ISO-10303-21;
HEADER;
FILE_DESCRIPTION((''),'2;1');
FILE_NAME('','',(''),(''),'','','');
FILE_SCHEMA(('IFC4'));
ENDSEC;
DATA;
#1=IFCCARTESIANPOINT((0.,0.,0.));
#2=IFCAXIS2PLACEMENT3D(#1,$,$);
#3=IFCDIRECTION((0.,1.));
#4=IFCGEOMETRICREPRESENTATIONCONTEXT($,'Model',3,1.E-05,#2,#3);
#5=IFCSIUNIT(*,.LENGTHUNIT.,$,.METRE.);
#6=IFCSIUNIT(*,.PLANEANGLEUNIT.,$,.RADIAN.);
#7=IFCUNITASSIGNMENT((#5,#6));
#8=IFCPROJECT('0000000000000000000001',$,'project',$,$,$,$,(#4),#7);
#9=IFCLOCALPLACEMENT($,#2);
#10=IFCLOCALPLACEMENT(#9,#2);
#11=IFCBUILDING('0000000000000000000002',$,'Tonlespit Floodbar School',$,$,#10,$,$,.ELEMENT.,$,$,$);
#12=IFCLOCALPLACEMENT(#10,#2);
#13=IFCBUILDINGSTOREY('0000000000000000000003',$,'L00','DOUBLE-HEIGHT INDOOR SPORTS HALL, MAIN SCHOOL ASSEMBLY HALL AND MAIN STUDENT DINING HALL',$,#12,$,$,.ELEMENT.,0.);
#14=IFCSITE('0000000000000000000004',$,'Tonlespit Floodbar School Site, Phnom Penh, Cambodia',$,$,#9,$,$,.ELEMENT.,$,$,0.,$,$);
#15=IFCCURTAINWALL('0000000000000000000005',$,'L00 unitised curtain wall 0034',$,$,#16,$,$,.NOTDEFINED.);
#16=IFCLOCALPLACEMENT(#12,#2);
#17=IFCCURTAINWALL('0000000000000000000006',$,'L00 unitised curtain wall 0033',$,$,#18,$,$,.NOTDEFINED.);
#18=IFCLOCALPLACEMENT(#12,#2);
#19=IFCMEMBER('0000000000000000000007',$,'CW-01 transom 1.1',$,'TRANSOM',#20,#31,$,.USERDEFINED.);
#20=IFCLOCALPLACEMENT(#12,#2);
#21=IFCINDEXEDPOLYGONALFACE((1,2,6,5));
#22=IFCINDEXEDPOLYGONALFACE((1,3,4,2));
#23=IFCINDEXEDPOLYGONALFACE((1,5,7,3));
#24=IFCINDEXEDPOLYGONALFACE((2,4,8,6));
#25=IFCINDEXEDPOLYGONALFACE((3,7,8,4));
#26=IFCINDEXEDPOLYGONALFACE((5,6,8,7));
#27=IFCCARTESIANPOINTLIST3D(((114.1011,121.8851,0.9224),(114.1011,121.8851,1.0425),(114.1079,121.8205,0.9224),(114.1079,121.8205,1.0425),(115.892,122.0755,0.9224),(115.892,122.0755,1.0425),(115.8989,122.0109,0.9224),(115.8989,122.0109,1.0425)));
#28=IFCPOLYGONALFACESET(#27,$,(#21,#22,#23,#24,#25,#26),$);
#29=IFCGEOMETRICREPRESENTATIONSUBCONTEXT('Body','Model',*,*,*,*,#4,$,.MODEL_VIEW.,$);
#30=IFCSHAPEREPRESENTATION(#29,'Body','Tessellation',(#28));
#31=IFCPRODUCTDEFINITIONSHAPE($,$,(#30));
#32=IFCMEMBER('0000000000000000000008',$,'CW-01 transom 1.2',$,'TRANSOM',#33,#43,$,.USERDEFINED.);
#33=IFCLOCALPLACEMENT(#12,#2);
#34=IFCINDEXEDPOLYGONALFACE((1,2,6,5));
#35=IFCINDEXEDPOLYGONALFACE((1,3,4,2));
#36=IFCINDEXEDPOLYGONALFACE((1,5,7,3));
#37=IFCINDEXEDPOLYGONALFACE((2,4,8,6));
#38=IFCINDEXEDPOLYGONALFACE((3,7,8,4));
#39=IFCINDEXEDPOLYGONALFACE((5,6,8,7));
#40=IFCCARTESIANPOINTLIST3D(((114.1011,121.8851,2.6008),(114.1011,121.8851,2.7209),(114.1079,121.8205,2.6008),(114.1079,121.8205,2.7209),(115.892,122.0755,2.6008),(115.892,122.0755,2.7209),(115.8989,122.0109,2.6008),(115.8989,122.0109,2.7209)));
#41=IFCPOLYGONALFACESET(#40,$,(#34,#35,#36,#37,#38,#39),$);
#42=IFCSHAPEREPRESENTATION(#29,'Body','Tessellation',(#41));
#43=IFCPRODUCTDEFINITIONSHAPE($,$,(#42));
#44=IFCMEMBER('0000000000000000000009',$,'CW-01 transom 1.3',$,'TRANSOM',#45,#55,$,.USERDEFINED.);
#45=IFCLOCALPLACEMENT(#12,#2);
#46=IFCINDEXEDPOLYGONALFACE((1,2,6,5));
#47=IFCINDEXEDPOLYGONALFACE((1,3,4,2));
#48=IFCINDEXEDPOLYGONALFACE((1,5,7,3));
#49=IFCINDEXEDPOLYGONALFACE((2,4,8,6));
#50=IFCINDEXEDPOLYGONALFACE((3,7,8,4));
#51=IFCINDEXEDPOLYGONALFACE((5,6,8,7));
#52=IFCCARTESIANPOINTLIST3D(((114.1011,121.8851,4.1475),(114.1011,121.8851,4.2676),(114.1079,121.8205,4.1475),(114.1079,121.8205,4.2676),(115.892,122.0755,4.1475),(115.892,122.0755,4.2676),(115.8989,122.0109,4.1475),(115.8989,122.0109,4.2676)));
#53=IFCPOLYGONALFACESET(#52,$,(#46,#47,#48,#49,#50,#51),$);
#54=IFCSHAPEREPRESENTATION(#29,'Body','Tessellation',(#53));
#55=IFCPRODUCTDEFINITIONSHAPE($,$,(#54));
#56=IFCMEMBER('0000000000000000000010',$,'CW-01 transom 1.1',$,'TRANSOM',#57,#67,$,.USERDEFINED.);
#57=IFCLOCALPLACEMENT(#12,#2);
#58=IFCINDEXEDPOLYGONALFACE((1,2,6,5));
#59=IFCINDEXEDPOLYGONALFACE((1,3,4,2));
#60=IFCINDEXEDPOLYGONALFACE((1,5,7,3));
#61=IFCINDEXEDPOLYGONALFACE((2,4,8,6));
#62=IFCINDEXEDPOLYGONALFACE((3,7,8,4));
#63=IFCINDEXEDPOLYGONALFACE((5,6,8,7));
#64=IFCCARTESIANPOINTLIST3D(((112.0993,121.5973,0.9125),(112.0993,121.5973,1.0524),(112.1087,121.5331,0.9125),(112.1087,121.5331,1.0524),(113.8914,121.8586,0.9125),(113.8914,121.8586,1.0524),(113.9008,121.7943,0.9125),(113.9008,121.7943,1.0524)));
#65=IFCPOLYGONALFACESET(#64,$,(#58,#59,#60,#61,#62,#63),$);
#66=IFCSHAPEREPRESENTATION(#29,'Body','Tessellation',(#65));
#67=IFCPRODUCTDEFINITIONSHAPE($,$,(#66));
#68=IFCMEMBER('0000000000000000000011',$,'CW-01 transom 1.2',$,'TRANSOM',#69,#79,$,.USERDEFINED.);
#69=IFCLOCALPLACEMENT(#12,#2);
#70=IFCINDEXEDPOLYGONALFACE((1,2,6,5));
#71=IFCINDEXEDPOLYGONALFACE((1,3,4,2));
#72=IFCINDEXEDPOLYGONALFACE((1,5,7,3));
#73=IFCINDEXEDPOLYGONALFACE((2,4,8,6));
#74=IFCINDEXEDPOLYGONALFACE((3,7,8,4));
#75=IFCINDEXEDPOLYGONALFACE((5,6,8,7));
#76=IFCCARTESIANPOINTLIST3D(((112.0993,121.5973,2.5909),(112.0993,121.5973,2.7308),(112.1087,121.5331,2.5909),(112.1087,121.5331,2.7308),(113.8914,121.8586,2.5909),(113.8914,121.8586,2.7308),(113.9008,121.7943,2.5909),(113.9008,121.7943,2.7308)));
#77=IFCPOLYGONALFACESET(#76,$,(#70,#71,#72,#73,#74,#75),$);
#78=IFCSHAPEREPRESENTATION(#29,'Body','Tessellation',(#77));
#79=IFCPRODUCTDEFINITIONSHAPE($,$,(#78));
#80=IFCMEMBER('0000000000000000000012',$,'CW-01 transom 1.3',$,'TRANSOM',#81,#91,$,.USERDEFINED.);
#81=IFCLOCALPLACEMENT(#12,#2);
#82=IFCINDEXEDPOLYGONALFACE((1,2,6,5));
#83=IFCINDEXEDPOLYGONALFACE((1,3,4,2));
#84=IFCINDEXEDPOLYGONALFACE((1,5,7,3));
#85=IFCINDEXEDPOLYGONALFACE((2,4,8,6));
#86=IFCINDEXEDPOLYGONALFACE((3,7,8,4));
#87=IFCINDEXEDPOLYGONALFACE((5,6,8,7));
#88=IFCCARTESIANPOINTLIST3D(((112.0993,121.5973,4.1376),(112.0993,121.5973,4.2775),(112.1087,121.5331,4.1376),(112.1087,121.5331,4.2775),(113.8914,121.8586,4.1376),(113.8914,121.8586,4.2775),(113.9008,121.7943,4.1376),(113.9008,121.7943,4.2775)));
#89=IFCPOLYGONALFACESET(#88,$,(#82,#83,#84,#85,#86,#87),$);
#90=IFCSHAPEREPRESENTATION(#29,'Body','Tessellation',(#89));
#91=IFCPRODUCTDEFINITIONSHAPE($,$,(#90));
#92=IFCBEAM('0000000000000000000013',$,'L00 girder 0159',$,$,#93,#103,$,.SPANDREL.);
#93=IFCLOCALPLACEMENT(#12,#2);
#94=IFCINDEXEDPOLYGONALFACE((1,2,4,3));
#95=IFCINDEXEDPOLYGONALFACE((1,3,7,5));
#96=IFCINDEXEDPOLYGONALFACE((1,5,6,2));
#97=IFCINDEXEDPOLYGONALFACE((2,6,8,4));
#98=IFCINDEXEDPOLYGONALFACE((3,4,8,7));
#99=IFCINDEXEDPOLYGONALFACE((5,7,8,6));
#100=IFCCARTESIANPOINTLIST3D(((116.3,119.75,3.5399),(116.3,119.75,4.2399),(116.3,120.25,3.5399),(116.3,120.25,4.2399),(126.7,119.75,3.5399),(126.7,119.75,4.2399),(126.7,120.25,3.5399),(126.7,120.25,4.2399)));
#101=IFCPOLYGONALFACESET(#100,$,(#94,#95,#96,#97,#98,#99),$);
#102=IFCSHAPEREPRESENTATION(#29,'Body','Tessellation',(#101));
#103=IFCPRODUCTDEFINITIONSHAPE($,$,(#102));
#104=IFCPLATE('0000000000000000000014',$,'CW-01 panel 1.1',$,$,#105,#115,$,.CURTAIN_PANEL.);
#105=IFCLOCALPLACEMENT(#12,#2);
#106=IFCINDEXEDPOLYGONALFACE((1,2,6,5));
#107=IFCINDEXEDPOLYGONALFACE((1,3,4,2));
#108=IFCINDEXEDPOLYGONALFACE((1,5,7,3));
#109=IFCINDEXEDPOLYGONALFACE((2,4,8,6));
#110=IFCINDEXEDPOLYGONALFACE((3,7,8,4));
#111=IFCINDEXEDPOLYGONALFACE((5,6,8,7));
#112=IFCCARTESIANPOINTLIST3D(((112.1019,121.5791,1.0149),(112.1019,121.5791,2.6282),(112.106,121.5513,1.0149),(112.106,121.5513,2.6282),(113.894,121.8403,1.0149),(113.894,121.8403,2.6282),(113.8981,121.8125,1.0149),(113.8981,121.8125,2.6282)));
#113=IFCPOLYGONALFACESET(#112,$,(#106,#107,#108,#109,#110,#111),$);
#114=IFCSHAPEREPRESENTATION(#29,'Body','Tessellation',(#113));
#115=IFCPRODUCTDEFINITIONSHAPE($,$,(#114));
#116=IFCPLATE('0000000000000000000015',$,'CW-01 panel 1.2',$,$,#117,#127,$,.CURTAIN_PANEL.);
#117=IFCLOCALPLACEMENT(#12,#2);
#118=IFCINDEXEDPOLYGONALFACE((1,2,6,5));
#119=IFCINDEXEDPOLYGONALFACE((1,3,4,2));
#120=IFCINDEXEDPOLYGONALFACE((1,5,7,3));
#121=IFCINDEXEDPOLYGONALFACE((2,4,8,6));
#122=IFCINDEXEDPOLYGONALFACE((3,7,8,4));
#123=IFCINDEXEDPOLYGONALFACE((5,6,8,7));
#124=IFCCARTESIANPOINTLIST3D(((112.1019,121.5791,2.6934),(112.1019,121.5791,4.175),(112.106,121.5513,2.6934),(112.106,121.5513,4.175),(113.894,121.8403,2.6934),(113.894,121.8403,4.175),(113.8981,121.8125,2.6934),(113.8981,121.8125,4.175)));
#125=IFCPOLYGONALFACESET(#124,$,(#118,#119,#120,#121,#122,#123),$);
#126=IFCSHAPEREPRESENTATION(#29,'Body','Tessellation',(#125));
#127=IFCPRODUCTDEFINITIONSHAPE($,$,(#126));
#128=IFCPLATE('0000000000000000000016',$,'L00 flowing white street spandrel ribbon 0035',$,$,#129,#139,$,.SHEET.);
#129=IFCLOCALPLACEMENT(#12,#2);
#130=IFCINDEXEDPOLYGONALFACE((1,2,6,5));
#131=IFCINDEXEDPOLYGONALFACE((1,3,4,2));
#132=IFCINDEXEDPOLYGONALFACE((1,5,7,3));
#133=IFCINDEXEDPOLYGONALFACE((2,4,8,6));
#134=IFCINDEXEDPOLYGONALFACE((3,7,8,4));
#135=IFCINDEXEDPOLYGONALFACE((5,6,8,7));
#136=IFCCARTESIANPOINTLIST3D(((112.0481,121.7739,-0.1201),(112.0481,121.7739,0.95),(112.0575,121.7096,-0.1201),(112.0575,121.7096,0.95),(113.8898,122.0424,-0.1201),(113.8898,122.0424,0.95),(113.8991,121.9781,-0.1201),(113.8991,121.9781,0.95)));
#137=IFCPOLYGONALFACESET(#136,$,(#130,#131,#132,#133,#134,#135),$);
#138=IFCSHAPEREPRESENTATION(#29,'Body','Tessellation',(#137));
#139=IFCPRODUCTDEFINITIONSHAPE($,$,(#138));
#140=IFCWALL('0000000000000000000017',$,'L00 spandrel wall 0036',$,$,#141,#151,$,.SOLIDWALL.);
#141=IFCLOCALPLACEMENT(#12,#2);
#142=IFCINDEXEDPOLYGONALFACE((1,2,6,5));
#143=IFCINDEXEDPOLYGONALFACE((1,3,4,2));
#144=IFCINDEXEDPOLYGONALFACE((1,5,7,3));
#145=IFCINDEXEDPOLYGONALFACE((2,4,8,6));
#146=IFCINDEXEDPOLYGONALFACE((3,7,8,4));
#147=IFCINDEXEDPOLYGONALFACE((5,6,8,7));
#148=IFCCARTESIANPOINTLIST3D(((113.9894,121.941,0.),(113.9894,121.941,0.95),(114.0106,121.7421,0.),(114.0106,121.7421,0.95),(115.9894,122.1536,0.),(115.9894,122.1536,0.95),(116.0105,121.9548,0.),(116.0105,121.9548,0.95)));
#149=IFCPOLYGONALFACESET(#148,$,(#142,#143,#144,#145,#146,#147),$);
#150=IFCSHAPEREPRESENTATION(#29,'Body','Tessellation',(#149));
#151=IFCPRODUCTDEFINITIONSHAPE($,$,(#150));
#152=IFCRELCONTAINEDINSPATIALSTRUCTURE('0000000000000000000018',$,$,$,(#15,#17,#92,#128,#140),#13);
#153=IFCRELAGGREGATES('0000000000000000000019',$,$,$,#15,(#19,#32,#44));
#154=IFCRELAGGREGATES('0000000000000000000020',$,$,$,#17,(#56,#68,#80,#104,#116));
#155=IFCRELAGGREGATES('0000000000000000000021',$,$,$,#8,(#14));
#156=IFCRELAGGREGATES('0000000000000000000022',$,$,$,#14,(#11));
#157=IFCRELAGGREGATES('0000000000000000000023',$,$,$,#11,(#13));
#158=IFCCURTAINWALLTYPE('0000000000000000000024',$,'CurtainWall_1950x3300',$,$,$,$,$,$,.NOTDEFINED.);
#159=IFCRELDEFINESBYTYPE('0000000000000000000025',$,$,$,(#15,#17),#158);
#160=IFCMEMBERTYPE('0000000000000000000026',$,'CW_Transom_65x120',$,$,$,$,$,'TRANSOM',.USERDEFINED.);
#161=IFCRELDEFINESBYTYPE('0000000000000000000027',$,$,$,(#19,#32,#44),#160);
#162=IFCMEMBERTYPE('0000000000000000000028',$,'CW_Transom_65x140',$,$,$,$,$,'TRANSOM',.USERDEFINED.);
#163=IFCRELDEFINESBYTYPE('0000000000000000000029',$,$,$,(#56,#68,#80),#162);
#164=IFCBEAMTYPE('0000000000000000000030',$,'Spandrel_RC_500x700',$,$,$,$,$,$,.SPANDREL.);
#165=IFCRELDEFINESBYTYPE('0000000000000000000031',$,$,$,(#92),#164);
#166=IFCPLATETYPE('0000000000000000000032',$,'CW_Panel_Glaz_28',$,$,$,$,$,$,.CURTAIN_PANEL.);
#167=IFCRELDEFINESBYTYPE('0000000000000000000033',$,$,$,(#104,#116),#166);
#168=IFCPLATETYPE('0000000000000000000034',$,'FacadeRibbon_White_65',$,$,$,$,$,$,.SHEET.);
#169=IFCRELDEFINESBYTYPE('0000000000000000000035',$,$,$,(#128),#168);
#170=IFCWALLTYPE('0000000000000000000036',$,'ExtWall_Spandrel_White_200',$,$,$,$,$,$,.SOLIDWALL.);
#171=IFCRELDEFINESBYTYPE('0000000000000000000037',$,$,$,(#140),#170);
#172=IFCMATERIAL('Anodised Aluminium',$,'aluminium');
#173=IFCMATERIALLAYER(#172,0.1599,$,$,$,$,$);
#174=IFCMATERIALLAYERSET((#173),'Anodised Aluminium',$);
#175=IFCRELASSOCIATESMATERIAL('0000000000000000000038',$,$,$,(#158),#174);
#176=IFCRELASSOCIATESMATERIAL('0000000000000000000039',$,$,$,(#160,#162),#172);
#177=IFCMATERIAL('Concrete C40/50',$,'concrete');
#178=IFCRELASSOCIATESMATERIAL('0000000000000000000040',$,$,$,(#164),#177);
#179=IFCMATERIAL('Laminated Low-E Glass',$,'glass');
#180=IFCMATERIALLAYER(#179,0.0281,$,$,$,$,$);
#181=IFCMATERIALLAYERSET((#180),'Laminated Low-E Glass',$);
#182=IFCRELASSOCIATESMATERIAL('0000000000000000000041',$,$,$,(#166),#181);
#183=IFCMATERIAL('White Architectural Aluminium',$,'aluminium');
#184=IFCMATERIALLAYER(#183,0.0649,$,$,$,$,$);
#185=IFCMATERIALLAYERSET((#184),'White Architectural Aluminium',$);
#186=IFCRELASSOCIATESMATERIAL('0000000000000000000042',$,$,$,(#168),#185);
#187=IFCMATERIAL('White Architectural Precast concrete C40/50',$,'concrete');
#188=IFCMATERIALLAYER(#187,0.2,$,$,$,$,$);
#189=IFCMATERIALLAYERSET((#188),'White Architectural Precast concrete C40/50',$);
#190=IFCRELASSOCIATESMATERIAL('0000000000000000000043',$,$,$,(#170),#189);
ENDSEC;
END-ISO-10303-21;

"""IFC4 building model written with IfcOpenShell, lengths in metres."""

from ifc_helpers import new_model, si_unit, direction, frame, frame_2d, origin, origin_2d, place, context, subcontext, project, spatial, rectangle, extrude, material, layer, layer_set, material_profile, profile_set, type_object, element, aggregate, save


model = new_model("IFC4")

# Units and contexts
model_context = context("Model", 3, precision=1e-05, world=origin(), true_north=direction((0.0, 1.0)))
body_context = subcontext(model_context, "Body", "Model", "MODEL_VIEW")
ifc_project = project(units=[si_unit("LENGTHUNIT", "METRE"), si_unit("PLANEANGLEUNIT", "RADIAN")], contexts=[model_context])

# Site, building, storey
site_placement = place(None, origin())
site = spatial("IfcSite", under=ifc_project, at=site_placement, Name="Tonlespit Floodbar School Site, Phnom Penh, Cambodia", CompositionType="ELEMENT", RefElevation=0.0)
building_placement = place(site_placement, origin())
building = spatial("IfcBuilding", under=site, at=building_placement, Name="Tonlespit Floodbar School", CompositionType="ELEMENT")
storey_placement = place(building_placement, origin())
storey = spatial("IfcBuildingStorey", under=building, at=storey_placement, Name="L00", Description="DOUBLE-HEIGHT INDOOR SPORTS HALL, MAIN SCHOOL ASSEMBLY HALL AND MAIN STUDENT DINING HALL", CompositionType="ELEMENT", Elevation=0.0)

# Shared definitions
ifc_material_1 = material(Name="Concrete C40/50", Category="concrete")

# Curtain walls
ifc_material_2 = material(Name="Anodised Aluminium", Category="aluminium")
ifc_layer_1 = layer(ifc_material_2, 0.1599)
ifc_layer_set_1 = layer_set([ifc_layer_1], Name="Anodised Aluminium")
curtain_wall_type = type_object("IfcCurtainWallType", Name="CurtainWall_1950x3300", PredefinedType="NOTDEFINED", material=ifc_layer_set_1)
curtain_wall_1_placement = place(storey_placement, origin())
curtain_wall_1 = element("IfcCurtainWall", 1, at=curtain_wall_1_placement, inside=storey, type_object=curtain_wall_type, Name="L00 unitised curtain wall 0034", PredefinedType="NOTDEFINED")
curtain_wall_2_placement = place(storey_placement, origin())
curtain_wall_2 = element("IfcCurtainWall", 2, at=curtain_wall_2_placement, inside=storey, type_object=curtain_wall_type, Name="L00 unitised curtain wall 0033", PredefinedType="NOTDEFINED")

# Members
ifc_material_profile_1 = material_profile(ifc_material_2, rectangle(XDim=0.0649, YDim=0.1201, at=origin_2d()), Name="ALU T65x120")
ifc_profile_set_1 = profile_set([ifc_material_profile_1], Name="Anodised Aluminium")
member_type_1 = type_object("IfcMemberType", Name="CW_Transom_65x120", ElementType="TRANSOM", PredefinedType="USERDEFINED", material=ifc_profile_set_1)
member_1_placement = place(storey_placement, frame((114.1045, 121.8528, 0.9824), z_axis=(0.994395, 0.105729, 0.0), x_axis=(-0.105729, 0.994395, 0.0)))
member_1 = element("IfcMember", 3, at=member_1_placement, type_object=member_type_1, Name="CW-01 transom 1.1", ObjectType="TRANSOM", PredefinedType="USERDEFINED", context=body_context, shape_type="SweptSolid", body=[
    extrude(rectangle(XDim=0.0649, YDim=0.1201, at=origin_2d()), origin(), (0.0, 0.0, 1.0), 1.801),
])
member_2_placement = place(storey_placement, frame((114.1045, 121.8528, 2.6609), z_axis=(0.994395, 0.105729, 0.0), x_axis=(-0.105729, 0.994395, 0.0)))
member_2 = element("IfcMember", 4, at=member_2_placement, type_object=member_type_1, Name="CW-01 transom 1.2", ObjectType="TRANSOM", PredefinedType="USERDEFINED", context=body_context, shape_type="SweptSolid", body=[
    extrude(rectangle(XDim=0.0649, YDim=0.1201, at=origin_2d()), origin(), (0.0, 0.0, 1.0), 1.801),
])
member_3_placement = place(storey_placement, frame((114.1045, 121.8528, 4.2075), z_axis=(0.994395, 0.105729, 0.0), x_axis=(-0.105729, 0.994395, 0.0)))
member_3 = element("IfcMember", 5, at=member_3_placement, type_object=member_type_1, Name="CW-01 transom 1.3", ObjectType="TRANSOM", PredefinedType="USERDEFINED", context=body_context, shape_type="SweptSolid", body=[
    extrude(rectangle(XDim=0.0649, YDim=0.1201, at=origin_2d()), origin(), (0.0, 0.0, 1.0), 1.801),
])
aggregate(curtain_wall_1, [member_1, member_2, member_3])
ifc_material_profile_2 = material_profile(ifc_material_2, rectangle(XDim=0.0649, YDim=0.1399, at=origin_2d()), Name="ALU T65x140")
ifc_profile_set_2 = profile_set([ifc_material_profile_2], Name="Anodised Aluminium")
member_type_2 = type_object("IfcMemberType", Name="CW_Transom_65x140", ElementType="TRANSOM", PredefinedType="USERDEFINED", material=ifc_profile_set_2)
member_4_placement = place(storey_placement, frame((112.104, 121.5652, 0.9824), z_axis=(0.989541, 0.144252, 0.0), x_axis=(-0.144252, 0.989541, 0.0)))
member_4 = element("IfcMember", 6, at=member_4_placement, type_object=member_type_2, Name="CW-01 transom 1.1", ObjectType="TRANSOM", PredefinedType="USERDEFINED", context=body_context, shape_type="SweptSolid", body=[
    extrude(rectangle(XDim=0.0649, YDim=0.1399, at=origin_2d()), origin(), (0.0, 0.0, 1.0), 1.811),
])
member_5_placement = place(storey_placement, frame((112.104, 121.5652, 2.6609), z_axis=(0.989541, 0.144252, 0.0), x_axis=(-0.144252, 0.989541, 0.0)))
member_5 = element("IfcMember", 7, at=member_5_placement, type_object=member_type_2, Name="CW-01 transom 1.2", ObjectType="TRANSOM", PredefinedType="USERDEFINED", context=body_context, shape_type="SweptSolid", body=[
    extrude(rectangle(XDim=0.0649, YDim=0.1399, at=origin_2d()), origin(), (0.0, 0.0, 1.0), 1.811),
])
member_6_placement = place(storey_placement, frame((112.104, 121.5652, 4.2075), z_axis=(0.989541, 0.144252, 0.0), x_axis=(-0.144252, 0.989541, 0.0)))
member_6 = element("IfcMember", 8, at=member_6_placement, type_object=member_type_2, Name="CW-01 transom 1.3", ObjectType="TRANSOM", PredefinedType="USERDEFINED", context=body_context, shape_type="SweptSolid", body=[
    extrude(rectangle(XDim=0.0649, YDim=0.1399, at=origin_2d()), origin(), (0.0, 0.0, 1.0), 1.811),
])

# Beam
ifc_material_profile_3 = material_profile(ifc_material_1, rectangle(XDim=0.5, YDim=0.7, at=origin_2d()), Name="RC 500x700")
ifc_profile_set_3 = profile_set([ifc_material_profile_3], Name="Concrete C40/50")
beam_type_1 = type_object("IfcBeamType", Name="Spandrel_RC_500x700", PredefinedType="SPANDREL", material=ifc_profile_set_3)
beam_1_placement = place(storey_placement, frame((116.3, 120.0, 3.8899), z_axis=(1.0, 0.0, 0.0), x_axis=(0.0, 1.0, 0.0)))
element("IfcBeam", 9, at=beam_1_placement, inside=storey, type_object=beam_type_1, Name="L00 girder 0159", PredefinedType="SPANDREL", context=body_context, shape_type="SweptSolid", body=[
    extrude(rectangle(XDim=0.5, YDim=0.7, at=origin_2d()), origin(), (0.0, 0.0, 1.0), 10.3999),
])

# Plates
ifc_material_3 = material(Name="Laminated Low-E Glass", Category="glass")
ifc_layer_2 = layer(ifc_material_3, 0.0281)
ifc_layer_set_2 = layer_set([ifc_layer_2], Name="Laminated Low-E Glass")
plate_type_1 = type_object("IfcPlateType", Name="CW_Panel_Glaz_28", PredefinedType="CURTAIN_PANEL", material=ifc_layer_set_2)
plate_1_placement = place(storey_placement, frame((113.0, 121.6958, 1.0149), z_axis=(0.0, 0.0, 1.0), x_axis=(0.989542, 0.144248, 0.0)))
plate_1 = element("IfcPlate", 10, at=plate_1_placement, type_object=plate_type_1, Name="CW-01 panel 1.1", PredefinedType="CURTAIN_PANEL", context=body_context, shape_type="SweptSolid", body=[
    extrude(rectangle(XDim=1.811, YDim=0.0281, at=origin_2d()), origin(), (0.0, 0.0, 1.0), 1.6133),
])
plate_2_placement = place(storey_placement, frame((113.0, 121.6958, 2.6934), z_axis=(0.0, 0.0, 1.0), x_axis=(0.989542, 0.144248, 0.0)))
plate_2 = element("IfcPlate", 11, at=plate_2_placement, type_object=plate_type_1, Name="CW-01 panel 1.2", PredefinedType="CURTAIN_PANEL", context=body_context, shape_type="SweptSolid", body=[
    extrude(rectangle(XDim=1.811, YDim=0.0281, at=origin_2d()), origin(), (0.0, 0.0, 1.0), 1.4817),
])
aggregate(curtain_wall_2, [member_4, member_5, member_6, plate_1, plate_2])
ifc_material_4 = material(Name="White Architectural Aluminium", Category="aluminium")
ifc_layer_3 = layer(ifc_material_4, 0.0649)
ifc_layer_set_3 = layer_set([ifc_layer_3], Name="White Architectural Aluminium")
plate_type_2 = type_object("IfcPlateType", Name="FacadeRibbon_White_65", PredefinedType="SHEET", material=ifc_layer_set_3)
plate_3_placement = place(storey_placement, frame((112.9736, 121.876, -0.1201), z_axis=(0.0, 0.0, 1.0), x_axis=(0.989538, 0.144275, 0.0)))
element("IfcPlate", 12, at=plate_3_placement, inside=storey, type_object=plate_type_2, Name="L00 flowing white street spandrel ribbon 0035", PredefinedType="SHEET", context=body_context, shape_type="SweptSolid", body=[
    extrude(rectangle(XDim=1.8611, YDim=0.0649, at=origin_2d()), origin(), (0.0, 0.0, 1.0), 1.0701),
])

# Wall
ifc_material_5 = material(Name="White Architectural Precast concrete C40/50", Category="concrete")
ifc_layer_4 = layer(ifc_material_5, 0.2)
ifc_layer_set_4 = layer_set([ifc_layer_4], Name="White Architectural Precast concrete C40/50")
wall_type_1 = type_object("IfcWallType", Name="ExtWall_Spandrel_White_200", PredefinedType="SOLIDWALL", material=ifc_layer_set_4)
wall_1_placement = place(storey_placement, frame((114.0, 121.8416, 0.0), z_axis=(0.0, 0.0, 1.0), x_axis=(0.994395, 0.105727, 0.0)))
element("IfcWall", 13, at=wall_1_placement, inside=storey, type_object=wall_type_1, Name="L00 spandrel wall 0036", PredefinedType="SOLIDWALL", context=body_context, shape_type="SweptSolid", body=[
    extrude(rectangle(XDim=2.0112, YDim=0.2, at=frame_2d((1.0056, 0.0))), origin(), (0.0, 0.0, 1.0), 0.95),
])

save(model, "model.ifc")
